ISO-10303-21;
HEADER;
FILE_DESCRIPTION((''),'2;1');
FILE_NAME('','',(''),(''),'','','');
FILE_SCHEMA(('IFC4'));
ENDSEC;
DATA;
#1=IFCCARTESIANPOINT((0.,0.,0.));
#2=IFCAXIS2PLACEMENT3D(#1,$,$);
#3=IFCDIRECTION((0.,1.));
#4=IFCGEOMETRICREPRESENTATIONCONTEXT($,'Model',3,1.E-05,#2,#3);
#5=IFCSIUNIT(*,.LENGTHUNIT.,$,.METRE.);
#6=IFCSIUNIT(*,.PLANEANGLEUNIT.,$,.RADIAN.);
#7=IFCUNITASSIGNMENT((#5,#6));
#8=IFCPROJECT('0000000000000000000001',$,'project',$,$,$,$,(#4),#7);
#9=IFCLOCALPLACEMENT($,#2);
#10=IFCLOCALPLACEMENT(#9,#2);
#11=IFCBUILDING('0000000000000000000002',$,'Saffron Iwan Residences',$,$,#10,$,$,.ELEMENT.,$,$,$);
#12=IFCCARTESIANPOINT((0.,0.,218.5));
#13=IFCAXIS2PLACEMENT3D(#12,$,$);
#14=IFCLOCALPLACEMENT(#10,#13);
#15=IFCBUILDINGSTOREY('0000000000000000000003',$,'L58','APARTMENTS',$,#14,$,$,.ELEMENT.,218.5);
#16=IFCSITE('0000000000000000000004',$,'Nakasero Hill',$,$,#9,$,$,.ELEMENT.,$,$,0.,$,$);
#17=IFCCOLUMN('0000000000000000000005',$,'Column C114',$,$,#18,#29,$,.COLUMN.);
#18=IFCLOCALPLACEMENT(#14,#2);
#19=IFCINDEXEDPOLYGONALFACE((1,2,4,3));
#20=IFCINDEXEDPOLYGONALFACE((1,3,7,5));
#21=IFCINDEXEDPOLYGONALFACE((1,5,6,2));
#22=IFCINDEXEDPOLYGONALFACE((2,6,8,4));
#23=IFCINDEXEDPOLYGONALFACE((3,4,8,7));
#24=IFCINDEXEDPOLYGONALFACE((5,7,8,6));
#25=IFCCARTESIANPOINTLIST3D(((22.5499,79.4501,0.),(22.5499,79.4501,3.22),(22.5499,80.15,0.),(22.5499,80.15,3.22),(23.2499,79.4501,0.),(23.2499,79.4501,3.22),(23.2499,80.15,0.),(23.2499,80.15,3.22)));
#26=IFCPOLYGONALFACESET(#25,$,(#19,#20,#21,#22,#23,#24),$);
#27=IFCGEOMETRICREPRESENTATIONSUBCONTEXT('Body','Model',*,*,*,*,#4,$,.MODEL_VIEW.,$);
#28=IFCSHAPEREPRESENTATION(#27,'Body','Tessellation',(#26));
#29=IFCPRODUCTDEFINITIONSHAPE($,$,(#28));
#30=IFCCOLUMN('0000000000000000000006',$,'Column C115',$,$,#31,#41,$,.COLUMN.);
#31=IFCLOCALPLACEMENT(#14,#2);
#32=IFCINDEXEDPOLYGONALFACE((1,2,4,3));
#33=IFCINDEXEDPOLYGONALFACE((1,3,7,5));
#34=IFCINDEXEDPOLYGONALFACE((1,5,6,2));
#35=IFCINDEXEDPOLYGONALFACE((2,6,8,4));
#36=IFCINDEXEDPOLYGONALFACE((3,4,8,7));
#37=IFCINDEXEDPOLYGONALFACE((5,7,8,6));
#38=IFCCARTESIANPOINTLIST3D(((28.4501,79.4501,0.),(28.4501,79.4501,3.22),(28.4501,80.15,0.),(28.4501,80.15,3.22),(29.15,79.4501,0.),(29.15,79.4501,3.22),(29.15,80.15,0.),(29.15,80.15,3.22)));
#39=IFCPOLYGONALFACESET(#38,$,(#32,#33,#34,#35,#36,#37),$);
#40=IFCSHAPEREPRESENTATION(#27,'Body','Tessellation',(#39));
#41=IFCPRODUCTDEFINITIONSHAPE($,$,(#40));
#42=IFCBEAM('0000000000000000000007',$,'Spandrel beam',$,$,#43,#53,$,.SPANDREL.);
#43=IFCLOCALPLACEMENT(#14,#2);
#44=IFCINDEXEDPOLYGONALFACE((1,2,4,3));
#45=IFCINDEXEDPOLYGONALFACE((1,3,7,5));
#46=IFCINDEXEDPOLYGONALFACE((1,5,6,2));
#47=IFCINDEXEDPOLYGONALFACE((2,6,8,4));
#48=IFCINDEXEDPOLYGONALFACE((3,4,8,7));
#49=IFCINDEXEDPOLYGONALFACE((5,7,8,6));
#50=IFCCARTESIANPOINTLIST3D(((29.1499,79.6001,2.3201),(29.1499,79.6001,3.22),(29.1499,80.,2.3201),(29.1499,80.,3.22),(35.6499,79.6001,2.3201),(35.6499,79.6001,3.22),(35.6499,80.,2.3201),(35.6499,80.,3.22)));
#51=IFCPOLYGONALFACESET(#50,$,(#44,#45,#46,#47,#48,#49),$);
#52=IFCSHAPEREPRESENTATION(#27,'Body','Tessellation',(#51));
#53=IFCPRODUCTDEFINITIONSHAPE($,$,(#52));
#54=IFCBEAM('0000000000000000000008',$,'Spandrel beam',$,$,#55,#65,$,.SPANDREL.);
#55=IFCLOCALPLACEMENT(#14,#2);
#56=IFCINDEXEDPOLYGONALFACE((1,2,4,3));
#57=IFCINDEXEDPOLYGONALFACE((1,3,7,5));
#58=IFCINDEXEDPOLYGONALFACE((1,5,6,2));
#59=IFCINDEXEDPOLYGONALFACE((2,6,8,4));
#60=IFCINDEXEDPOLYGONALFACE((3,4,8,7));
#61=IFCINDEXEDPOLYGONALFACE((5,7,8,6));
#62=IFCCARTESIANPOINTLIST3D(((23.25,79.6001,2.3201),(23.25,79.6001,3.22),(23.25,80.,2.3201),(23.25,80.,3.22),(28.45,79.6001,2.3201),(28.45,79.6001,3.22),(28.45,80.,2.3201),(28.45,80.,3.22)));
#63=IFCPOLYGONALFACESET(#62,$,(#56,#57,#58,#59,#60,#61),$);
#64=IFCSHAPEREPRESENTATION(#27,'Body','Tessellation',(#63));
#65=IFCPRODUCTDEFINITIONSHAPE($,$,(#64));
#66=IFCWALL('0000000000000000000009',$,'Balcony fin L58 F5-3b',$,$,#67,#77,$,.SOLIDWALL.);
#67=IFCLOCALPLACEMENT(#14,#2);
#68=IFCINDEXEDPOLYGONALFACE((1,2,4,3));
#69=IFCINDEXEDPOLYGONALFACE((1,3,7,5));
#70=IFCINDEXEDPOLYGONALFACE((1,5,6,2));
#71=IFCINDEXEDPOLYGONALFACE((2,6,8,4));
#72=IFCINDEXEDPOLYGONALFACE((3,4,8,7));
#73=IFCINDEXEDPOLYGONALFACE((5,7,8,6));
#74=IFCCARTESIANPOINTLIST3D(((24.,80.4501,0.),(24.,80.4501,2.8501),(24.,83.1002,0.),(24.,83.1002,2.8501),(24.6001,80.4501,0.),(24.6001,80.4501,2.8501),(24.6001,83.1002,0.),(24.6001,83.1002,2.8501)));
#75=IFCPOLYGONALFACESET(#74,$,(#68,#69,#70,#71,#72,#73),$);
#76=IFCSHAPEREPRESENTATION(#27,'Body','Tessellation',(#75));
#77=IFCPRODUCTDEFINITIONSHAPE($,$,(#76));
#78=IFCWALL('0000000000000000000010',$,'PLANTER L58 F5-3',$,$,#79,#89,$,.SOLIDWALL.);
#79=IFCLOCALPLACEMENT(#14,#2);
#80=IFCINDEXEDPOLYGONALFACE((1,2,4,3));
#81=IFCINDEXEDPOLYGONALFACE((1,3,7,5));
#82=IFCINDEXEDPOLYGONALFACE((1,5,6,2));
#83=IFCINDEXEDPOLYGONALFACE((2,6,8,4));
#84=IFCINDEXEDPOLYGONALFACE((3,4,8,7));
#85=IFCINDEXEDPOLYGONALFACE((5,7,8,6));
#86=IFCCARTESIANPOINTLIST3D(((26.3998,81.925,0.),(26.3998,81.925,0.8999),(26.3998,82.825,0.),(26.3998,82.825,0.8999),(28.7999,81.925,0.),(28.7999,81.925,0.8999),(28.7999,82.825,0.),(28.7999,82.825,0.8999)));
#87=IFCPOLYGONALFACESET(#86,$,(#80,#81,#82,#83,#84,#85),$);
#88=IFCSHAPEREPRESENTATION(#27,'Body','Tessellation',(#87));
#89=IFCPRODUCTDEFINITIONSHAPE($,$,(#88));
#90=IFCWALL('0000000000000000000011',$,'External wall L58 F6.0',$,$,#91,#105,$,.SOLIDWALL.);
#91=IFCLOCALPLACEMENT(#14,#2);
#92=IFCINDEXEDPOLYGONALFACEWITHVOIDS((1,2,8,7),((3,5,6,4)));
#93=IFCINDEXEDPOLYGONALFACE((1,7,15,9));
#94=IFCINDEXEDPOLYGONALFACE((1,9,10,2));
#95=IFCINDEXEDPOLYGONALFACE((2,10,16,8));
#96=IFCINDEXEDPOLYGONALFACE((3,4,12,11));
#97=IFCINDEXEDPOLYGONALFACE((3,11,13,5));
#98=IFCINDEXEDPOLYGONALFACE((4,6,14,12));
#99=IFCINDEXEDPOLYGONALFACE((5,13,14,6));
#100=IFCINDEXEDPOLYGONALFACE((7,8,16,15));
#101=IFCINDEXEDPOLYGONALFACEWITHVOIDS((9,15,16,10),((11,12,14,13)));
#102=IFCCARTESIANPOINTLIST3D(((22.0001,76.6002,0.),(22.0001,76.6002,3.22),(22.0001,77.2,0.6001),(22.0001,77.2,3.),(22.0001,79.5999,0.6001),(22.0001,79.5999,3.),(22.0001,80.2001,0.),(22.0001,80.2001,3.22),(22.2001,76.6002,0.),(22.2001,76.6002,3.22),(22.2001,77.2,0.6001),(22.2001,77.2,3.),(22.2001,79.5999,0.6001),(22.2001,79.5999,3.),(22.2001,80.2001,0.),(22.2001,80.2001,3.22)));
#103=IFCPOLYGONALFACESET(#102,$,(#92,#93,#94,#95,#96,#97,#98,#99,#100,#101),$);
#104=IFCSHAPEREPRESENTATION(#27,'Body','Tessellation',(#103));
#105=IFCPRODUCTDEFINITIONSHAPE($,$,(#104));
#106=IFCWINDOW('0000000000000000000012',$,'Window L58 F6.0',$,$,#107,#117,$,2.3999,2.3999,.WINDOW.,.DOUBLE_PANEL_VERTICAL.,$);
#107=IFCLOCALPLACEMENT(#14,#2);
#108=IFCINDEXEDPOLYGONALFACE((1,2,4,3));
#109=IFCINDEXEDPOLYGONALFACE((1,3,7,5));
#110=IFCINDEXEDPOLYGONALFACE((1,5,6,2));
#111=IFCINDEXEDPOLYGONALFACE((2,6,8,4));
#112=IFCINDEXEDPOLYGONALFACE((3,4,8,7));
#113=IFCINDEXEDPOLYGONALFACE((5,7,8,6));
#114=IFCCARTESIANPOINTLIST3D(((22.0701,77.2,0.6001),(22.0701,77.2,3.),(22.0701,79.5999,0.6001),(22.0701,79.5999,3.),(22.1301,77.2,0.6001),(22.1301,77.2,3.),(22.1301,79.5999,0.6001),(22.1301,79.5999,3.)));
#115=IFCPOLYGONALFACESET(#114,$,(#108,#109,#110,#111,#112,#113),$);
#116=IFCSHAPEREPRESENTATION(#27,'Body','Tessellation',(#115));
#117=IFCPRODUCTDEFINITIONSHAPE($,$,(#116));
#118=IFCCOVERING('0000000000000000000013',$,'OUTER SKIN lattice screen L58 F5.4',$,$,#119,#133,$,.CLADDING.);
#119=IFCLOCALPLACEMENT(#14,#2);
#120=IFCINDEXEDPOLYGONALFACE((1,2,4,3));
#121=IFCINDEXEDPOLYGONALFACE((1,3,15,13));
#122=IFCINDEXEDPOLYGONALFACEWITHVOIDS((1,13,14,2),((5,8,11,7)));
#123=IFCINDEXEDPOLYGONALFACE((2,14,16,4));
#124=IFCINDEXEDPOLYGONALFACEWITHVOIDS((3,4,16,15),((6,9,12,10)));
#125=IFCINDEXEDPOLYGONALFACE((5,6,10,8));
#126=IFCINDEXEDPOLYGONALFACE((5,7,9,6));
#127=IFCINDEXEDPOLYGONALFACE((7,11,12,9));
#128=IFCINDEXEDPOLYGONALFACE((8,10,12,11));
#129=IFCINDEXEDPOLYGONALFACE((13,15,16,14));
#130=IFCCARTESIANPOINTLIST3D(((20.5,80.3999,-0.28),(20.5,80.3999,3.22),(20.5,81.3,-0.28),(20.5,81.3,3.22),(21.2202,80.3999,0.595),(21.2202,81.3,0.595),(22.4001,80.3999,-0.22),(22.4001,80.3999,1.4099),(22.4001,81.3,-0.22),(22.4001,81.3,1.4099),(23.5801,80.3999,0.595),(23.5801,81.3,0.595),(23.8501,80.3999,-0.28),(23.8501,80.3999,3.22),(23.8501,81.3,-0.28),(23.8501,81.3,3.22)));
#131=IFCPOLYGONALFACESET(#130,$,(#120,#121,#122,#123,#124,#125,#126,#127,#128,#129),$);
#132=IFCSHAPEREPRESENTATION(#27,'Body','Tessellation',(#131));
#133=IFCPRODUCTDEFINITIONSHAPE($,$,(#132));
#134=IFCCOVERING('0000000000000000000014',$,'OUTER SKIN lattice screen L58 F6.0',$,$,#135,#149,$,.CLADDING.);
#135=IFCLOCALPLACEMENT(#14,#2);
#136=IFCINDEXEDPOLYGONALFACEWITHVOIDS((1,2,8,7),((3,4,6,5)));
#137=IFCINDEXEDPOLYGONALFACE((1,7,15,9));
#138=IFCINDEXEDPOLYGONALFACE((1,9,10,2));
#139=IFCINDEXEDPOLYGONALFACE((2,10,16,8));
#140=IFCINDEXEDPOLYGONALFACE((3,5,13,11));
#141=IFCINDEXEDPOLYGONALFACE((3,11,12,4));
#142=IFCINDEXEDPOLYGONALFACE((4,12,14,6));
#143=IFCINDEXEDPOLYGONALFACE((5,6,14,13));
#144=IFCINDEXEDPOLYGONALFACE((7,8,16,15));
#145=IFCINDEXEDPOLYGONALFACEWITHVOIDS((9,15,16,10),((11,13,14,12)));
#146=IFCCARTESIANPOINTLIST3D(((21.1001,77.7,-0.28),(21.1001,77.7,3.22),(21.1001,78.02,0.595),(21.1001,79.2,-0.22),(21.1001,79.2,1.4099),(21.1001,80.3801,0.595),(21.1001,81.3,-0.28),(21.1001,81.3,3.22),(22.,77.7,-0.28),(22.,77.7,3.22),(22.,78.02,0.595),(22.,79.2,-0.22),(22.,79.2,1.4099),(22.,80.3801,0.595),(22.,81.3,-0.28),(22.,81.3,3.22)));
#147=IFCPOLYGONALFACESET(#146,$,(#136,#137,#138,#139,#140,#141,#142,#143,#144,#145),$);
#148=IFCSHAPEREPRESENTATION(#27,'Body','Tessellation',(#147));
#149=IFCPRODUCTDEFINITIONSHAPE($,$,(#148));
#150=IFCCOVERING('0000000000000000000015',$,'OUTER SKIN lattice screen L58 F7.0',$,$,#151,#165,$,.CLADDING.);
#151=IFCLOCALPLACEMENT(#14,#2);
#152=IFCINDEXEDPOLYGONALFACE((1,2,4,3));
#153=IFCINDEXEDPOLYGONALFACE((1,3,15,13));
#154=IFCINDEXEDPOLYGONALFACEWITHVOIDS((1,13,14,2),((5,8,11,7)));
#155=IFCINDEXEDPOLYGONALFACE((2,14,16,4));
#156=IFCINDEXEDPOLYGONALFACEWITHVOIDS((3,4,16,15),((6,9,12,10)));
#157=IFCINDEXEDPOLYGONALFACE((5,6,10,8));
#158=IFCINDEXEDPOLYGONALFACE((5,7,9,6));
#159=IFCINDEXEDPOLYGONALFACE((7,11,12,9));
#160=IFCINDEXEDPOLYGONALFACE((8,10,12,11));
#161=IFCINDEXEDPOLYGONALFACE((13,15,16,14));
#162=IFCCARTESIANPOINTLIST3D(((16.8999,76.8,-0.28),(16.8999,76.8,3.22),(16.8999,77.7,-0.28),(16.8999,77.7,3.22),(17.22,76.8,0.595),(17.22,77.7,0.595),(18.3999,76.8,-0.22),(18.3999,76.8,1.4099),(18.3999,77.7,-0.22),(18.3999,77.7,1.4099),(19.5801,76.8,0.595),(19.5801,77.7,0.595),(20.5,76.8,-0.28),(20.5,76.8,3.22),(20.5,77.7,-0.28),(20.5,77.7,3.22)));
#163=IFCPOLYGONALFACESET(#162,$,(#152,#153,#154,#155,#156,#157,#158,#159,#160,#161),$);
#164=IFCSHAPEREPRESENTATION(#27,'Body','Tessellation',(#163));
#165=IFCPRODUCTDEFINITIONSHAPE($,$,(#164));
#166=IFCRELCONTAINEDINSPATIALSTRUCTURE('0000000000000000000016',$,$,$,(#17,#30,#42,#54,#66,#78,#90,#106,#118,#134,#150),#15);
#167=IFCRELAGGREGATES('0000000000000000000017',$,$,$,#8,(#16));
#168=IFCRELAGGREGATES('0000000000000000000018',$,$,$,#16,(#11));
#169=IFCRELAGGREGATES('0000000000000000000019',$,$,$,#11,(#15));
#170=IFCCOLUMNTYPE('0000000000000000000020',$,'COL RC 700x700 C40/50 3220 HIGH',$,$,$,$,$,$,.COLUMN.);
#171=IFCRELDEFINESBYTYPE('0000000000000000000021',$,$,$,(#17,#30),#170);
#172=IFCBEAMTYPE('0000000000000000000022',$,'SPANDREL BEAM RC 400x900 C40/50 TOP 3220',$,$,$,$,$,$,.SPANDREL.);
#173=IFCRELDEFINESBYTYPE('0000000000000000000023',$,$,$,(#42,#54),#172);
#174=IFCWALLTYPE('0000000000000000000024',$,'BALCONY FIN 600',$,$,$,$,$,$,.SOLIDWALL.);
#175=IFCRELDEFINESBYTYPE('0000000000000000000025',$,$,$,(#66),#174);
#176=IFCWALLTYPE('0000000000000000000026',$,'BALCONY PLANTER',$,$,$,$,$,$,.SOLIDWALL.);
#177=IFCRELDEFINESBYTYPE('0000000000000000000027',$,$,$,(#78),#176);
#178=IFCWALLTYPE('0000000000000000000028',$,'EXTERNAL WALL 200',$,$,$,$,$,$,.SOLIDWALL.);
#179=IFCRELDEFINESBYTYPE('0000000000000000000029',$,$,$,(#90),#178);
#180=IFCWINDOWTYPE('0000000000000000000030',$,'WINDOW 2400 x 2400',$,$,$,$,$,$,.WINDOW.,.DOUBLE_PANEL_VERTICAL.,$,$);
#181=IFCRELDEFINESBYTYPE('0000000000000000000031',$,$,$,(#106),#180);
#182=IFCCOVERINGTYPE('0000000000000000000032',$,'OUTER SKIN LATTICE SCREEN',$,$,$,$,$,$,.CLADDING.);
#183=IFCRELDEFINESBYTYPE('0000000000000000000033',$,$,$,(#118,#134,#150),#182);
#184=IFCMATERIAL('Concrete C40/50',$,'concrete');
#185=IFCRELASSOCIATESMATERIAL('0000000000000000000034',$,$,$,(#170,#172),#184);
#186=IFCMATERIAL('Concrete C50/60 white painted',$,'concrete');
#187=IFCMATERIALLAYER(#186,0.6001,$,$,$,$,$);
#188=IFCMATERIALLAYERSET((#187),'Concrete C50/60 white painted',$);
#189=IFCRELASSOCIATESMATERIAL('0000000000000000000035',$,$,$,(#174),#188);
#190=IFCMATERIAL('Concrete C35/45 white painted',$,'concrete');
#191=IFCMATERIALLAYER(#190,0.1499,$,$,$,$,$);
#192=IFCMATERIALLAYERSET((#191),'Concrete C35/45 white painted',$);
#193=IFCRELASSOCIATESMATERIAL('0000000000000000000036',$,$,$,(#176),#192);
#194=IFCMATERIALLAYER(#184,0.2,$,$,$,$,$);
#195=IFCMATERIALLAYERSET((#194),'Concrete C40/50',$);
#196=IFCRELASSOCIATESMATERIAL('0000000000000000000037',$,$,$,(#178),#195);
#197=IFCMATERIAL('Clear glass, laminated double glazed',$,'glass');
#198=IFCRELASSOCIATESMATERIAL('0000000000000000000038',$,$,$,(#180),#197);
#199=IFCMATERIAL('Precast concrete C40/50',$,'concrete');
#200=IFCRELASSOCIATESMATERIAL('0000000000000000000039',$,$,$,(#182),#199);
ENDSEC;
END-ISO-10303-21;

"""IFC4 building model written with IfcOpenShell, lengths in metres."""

from ifc_helpers import new_model, si_unit, direction, frame, frame_2d, origin, origin_2d, place, context, subcontext, project, spatial, polyline, rectangle, outline, extrude, source, transform, mapped, material, layer, layer_set, material_profile, profile_set, type_object, element, fill, save


model = new_model("IFC4")

# Units and contexts
model_context = context("Model", 3, precision=1e-05, world=origin(), true_north=direction((0.0, 1.0)))
body_context = subcontext(model_context, "Body", "Model", "MODEL_VIEW")
ifc_project = project(units=[si_unit("LENGTHUNIT", "METRE"), si_unit("PLANEANGLEUNIT", "RADIAN")], contexts=[model_context])

# Site, building, storey
site_placement = place(None, origin())
site = spatial("IfcSite", under=ifc_project, at=site_placement, Name="Nakasero Hill", CompositionType="ELEMENT", RefElevation=0.0)
building_placement = place(site_placement, origin())
building = spatial("IfcBuilding", under=site, at=building_placement, Name="Saffron Iwan Residences", CompositionType="ELEMENT")
storey_placement = place(building_placement, frame((0.0, 0.0, 218.5)))
storey = spatial("IfcBuildingStorey", under=building, at=storey_placement, Name="L58", Description="APARTMENTS", CompositionType="ELEMENT", Elevation=218.5)

# Columns
ifc_material_1 = material(Name="Concrete C40/50", Category="concrete")
ifc_material_profile_1 = material_profile(ifc_material_1, rectangle(XDim=0.7, YDim=0.7, at=origin_2d()), Name="RC 700x700")
ifc_profile_set_1 = profile_set([ifc_material_profile_1], Name="Concrete C40/50")
column_type = type_object("IfcColumnType", Name="COL RC 700x700 C40/50 3220 HIGH", PredefinedType="COLUMN", material=ifc_profile_set_1)
shared_shape_1 = source(origin(), body_context, "Body", "SweptSolid", [
    extrude(rectangle(XDim=0.7, YDim=0.7, at=origin_2d()), origin(), (0.0, 0.0, 1.0), 3.22),
])
for number, where, z_axis, x_axis, name in (
    (1, (22.8999, 79.8, 0.0), (0.0, 0.0, 1.0), (1.0, 0.0, 0.0), "Column C114"),
    (2, (28.8, 79.8, 0.0), (0.0, 0.0, 1.0), (1.0, 0.0, 0.0), "Column C115"),
):
    element("IfcColumn", number, at=place(storey_placement, frame(where, z_axis=z_axis, x_axis=x_axis)), inside=storey, type_object=column_type, Name=name, PredefinedType="COLUMN", context=body_context, shape_type="MappedRepresentation", body=[
        mapped(shared_shape_1, transform((0.0, 0.0, 0.0))),
    ])

# Beams
ifc_material_profile_2 = material_profile(ifc_material_1, rectangle(XDim=0.3999, YDim=0.8999, at=origin_2d()), Name="RC 400x900")
ifc_profile_set_2 = profile_set([ifc_material_profile_2], Name="Concrete C40/50")
beam_type = type_object("IfcBeamType", Name="SPANDREL BEAM RC 400x900 C40/50 TOP 3220", PredefinedType="SPANDREL", material=ifc_profile_set_2)
shared_shape_2 = source(origin(), body_context, "Body", "SweptSolid", [
    extrude(rectangle(XDim=0.3999, YDim=0.8999, at=origin_2d()), origin(), (0.0, 0.0, 1.0), 6.5),
])
beam_1_placement = place(storey_placement, frame((29.1499, 79.8, 2.77), z_axis=(1.0, 0.0, 0.0), x_axis=(0.0, 1.0, 0.0)))
element("IfcBeam", 3, at=beam_1_placement, inside=storey, type_object=beam_type, Name="Spandrel beam", PredefinedType="SPANDREL", context=body_context, shape_type="MappedRepresentation", body=[
    mapped(shared_shape_2, transform((0.0, 0.0, 0.0))),
])
shared_shape_3 = source(origin(), body_context, "Body", "SweptSolid", [
    extrude(rectangle(XDim=0.3999, YDim=0.8999, at=origin_2d()), origin(), (0.0, 0.0, 1.0), 5.2),
])
beam_2_placement = place(storey_placement, frame((23.25, 79.8, 2.77), z_axis=(1.0, 0.0, 0.0), x_axis=(0.0, 1.0, 0.0)))
element("IfcBeam", 4, at=beam_2_placement, inside=storey, type_object=beam_type, Name="Spandrel beam", PredefinedType="SPANDREL", context=body_context, shape_type="MappedRepresentation", body=[
    mapped(shared_shape_3, transform((0.0, 0.0, 0.0))),
])

# Walls
ifc_material_2 = material(Name="Concrete C50/60 white painted", Category="concrete")
ifc_layer_1 = layer(ifc_material_2, 0.6001)
ifc_layer_set_1 = layer_set([ifc_layer_1], Name="Concrete C50/60 white painted")
wall_type_1 = type_object("IfcWallType", Name="BALCONY FIN 600", PredefinedType="SOLIDWALL", material=ifc_layer_set_1)
wall_1_placement = place(storey_placement, frame((24.3, 80.45, 0.0), z_axis=(0.0, 0.0, 1.0), x_axis=(0.0, 1.0, 0.0)))
element("IfcWall", 5, at=wall_1_placement, inside=storey, type_object=wall_type_1, Name="Balcony fin L58 F5-3b", PredefinedType="SOLIDWALL", context=body_context, shape_type="SweptSolid", body=[
    extrude(rectangle(XDim=2.6501, YDim=0.6001, at=frame_2d((1.3252, 0.0))), origin(), (0.0, 0.0, 1.0), 2.8501),
])
ifc_material_3 = material(Name="Concrete C35/45 white painted", Category="concrete")
ifc_layer_2 = layer(ifc_material_3, 0.1499)
ifc_layer_set_2 = layer_set([ifc_layer_2], Name="Concrete C35/45 white painted")
wall_type_2 = type_object("IfcWallType", Name="BALCONY PLANTER", PredefinedType="SOLIDWALL", material=ifc_layer_set_2)
wall_2_placement = place(storey_placement, frame((28.8, 82.375, 0.0), z_axis=(0.0, 0.0, 1.0), x_axis=(-1.0, 0.0, 0.0)))
element("IfcWall", 6, at=wall_2_placement, inside=storey, type_object=wall_type_2, Name="PLANTER L58 F5-3", PredefinedType="SOLIDWALL", context=body_context, shape_type="SweptSolid", body=[
    extrude(rectangle(XDim=2.4001, YDim=0.8999, at=frame_2d((1.2002, 0.0))), origin(), (0.0, 0.0, 1.0), 0.8999),
])

# Wall, opening, window
ifc_layer_3 = layer(ifc_material_1, 0.2)
ifc_layer_set_3 = layer_set([ifc_layer_3], Name="Concrete C40/50")
wall_type_3 = type_object("IfcWallType", Name="EXTERNAL WALL 200", PredefinedType="SOLIDWALL", material=ifc_layer_set_3)
wall_3_placement = place(storey_placement, frame((22.1001, 80.2, 0.0), z_axis=(0.0, 0.0, 1.0), x_axis=(0.0, -1.0, 0.0)))
wall_3 = element("IfcWall", 7, at=wall_3_placement, inside=storey, type_object=wall_type_3, Name="External wall L58 F6.0", PredefinedType="SOLIDWALL", context=body_context, shape_type="SweptSolid", body=[
    extrude(rectangle(XDim=3.5999, YDim=0.2, at=frame_2d((1.7998, 0.0))), origin(), (0.0, 0.0, 1.0), 3.22),
])
opening_placement = place(wall_3_placement, frame((0.6001, 0.0, 0.6001)))
opening = element("IfcOpeningElement", 8, at=opening_placement, cuts=wall_3, PredefinedType="OPENING", context=body_context, shape_type="SweptSolid", body=[
    extrude(rectangle(XDim=2.3999, YDim=2.3999, at=frame_2d((1.2, 1.2))), frame((0.0, 0.1099, 0.0), z_axis=(0.0, -1.0, 0.0), x_axis=(1.0, 0.0, 0.0)), (0.0, 0.0, 1.0), 0.22),
])
ifc_material_4 = material(Name="Clear glass, laminated double glazed", Category="glass")
window_type = type_object("IfcWindowType", Name="WINDOW 2400 x 2400", PartitioningType="DOUBLE_PANEL_VERTICAL", PredefinedType="WINDOW", material=ifc_material_4)
window_placement = place(opening_placement, origin())
window = element("IfcWindow", 9, at=window_placement, inside=storey, type_object=window_type, Name="Window L58 F6.0", OverallHeight=2.3999, OverallWidth=2.3999, PartitioningType="DOUBLE_PANEL_VERTICAL", PredefinedType="WINDOW", context=body_context, shape_type="SweptSolid", body=[
    extrude(rectangle(XDim=2.3999, YDim=2.3999, at=frame_2d((1.2, 1.2))), frame((0.0, 0.03, 0.0), z_axis=(0.0, -1.0, 0.0), x_axis=(1.0, 0.0, 0.0)), (0.0, 0.0, 1.0), 0.0601),
])
fill(opening, window)

# Coverings
ifc_material_5 = material(Name="Precast concrete C40/50", Category="concrete")
covering_type = type_object("IfcCoveringType", Name="OUTER SKIN LATTICE SCREEN", PredefinedType="CLADDING", material=ifc_material_5)
covering_1_placement = place(storey_placement, frame((23.8501, 80.3999, -0.28), z_axis=(0.0, 1.0, 0.0), x_axis=(-1.0, 0.0, 0.0)))
element("IfcCovering", 10, at=covering_1_placement, inside=storey, type_object=covering_type, Name="OUTER SKIN lattice screen L58 F5.4", PredefinedType="CLADDING", context=body_context, shape_type="SweptSolid", body=[
    extrude(outline(polyline([(0.0, 0.0), (3.3501, 0.0), (3.3501, 3.5), (0.0, 3.5), (0.0, 0.0)]), holes=[polyline([(0.27, 0.875), (1.45, 0.0601), (2.6299, 0.875), (1.45, 1.6899), (0.27, 0.875)])]), origin(), (0.0, 0.0, 1.0), 0.9001),
])
for number, where, z_axis, x_axis, name in (
    (11, (22.0, 81.3, -0.28), (-1.0, 0.0, 0.0), (0.0, -1.0, 0.0), "OUTER SKIN lattice screen L58 F6.0"),
    (12, (20.5, 76.8, -0.28), (0.0, 1.0, 0.0), (-1.0, 0.0, 0.0), "OUTER SKIN lattice screen L58 F7.0"),
):
    element("IfcCovering", number, at=place(storey_placement, frame(where, z_axis=z_axis, x_axis=x_axis)), inside=storey, type_object=covering_type, Name=name, PredefinedType="CLADDING", context=body_context, shape_type="SweptSolid", body=[
        extrude(outline(polyline([(0.0, 0.0), (3.6001, 0.0), (3.6001, 3.5), (0.0, 3.5), (0.0, 0.0)]), holes=[polyline([(0.9199, 0.875), (2.1001, 0.0601), (3.28, 0.875), (2.1001, 1.6899), (0.9199, 0.875)])]), origin(), (0.0, 0.0, 1.0), 0.8999),
    ])

save(model, "model.ifc")
